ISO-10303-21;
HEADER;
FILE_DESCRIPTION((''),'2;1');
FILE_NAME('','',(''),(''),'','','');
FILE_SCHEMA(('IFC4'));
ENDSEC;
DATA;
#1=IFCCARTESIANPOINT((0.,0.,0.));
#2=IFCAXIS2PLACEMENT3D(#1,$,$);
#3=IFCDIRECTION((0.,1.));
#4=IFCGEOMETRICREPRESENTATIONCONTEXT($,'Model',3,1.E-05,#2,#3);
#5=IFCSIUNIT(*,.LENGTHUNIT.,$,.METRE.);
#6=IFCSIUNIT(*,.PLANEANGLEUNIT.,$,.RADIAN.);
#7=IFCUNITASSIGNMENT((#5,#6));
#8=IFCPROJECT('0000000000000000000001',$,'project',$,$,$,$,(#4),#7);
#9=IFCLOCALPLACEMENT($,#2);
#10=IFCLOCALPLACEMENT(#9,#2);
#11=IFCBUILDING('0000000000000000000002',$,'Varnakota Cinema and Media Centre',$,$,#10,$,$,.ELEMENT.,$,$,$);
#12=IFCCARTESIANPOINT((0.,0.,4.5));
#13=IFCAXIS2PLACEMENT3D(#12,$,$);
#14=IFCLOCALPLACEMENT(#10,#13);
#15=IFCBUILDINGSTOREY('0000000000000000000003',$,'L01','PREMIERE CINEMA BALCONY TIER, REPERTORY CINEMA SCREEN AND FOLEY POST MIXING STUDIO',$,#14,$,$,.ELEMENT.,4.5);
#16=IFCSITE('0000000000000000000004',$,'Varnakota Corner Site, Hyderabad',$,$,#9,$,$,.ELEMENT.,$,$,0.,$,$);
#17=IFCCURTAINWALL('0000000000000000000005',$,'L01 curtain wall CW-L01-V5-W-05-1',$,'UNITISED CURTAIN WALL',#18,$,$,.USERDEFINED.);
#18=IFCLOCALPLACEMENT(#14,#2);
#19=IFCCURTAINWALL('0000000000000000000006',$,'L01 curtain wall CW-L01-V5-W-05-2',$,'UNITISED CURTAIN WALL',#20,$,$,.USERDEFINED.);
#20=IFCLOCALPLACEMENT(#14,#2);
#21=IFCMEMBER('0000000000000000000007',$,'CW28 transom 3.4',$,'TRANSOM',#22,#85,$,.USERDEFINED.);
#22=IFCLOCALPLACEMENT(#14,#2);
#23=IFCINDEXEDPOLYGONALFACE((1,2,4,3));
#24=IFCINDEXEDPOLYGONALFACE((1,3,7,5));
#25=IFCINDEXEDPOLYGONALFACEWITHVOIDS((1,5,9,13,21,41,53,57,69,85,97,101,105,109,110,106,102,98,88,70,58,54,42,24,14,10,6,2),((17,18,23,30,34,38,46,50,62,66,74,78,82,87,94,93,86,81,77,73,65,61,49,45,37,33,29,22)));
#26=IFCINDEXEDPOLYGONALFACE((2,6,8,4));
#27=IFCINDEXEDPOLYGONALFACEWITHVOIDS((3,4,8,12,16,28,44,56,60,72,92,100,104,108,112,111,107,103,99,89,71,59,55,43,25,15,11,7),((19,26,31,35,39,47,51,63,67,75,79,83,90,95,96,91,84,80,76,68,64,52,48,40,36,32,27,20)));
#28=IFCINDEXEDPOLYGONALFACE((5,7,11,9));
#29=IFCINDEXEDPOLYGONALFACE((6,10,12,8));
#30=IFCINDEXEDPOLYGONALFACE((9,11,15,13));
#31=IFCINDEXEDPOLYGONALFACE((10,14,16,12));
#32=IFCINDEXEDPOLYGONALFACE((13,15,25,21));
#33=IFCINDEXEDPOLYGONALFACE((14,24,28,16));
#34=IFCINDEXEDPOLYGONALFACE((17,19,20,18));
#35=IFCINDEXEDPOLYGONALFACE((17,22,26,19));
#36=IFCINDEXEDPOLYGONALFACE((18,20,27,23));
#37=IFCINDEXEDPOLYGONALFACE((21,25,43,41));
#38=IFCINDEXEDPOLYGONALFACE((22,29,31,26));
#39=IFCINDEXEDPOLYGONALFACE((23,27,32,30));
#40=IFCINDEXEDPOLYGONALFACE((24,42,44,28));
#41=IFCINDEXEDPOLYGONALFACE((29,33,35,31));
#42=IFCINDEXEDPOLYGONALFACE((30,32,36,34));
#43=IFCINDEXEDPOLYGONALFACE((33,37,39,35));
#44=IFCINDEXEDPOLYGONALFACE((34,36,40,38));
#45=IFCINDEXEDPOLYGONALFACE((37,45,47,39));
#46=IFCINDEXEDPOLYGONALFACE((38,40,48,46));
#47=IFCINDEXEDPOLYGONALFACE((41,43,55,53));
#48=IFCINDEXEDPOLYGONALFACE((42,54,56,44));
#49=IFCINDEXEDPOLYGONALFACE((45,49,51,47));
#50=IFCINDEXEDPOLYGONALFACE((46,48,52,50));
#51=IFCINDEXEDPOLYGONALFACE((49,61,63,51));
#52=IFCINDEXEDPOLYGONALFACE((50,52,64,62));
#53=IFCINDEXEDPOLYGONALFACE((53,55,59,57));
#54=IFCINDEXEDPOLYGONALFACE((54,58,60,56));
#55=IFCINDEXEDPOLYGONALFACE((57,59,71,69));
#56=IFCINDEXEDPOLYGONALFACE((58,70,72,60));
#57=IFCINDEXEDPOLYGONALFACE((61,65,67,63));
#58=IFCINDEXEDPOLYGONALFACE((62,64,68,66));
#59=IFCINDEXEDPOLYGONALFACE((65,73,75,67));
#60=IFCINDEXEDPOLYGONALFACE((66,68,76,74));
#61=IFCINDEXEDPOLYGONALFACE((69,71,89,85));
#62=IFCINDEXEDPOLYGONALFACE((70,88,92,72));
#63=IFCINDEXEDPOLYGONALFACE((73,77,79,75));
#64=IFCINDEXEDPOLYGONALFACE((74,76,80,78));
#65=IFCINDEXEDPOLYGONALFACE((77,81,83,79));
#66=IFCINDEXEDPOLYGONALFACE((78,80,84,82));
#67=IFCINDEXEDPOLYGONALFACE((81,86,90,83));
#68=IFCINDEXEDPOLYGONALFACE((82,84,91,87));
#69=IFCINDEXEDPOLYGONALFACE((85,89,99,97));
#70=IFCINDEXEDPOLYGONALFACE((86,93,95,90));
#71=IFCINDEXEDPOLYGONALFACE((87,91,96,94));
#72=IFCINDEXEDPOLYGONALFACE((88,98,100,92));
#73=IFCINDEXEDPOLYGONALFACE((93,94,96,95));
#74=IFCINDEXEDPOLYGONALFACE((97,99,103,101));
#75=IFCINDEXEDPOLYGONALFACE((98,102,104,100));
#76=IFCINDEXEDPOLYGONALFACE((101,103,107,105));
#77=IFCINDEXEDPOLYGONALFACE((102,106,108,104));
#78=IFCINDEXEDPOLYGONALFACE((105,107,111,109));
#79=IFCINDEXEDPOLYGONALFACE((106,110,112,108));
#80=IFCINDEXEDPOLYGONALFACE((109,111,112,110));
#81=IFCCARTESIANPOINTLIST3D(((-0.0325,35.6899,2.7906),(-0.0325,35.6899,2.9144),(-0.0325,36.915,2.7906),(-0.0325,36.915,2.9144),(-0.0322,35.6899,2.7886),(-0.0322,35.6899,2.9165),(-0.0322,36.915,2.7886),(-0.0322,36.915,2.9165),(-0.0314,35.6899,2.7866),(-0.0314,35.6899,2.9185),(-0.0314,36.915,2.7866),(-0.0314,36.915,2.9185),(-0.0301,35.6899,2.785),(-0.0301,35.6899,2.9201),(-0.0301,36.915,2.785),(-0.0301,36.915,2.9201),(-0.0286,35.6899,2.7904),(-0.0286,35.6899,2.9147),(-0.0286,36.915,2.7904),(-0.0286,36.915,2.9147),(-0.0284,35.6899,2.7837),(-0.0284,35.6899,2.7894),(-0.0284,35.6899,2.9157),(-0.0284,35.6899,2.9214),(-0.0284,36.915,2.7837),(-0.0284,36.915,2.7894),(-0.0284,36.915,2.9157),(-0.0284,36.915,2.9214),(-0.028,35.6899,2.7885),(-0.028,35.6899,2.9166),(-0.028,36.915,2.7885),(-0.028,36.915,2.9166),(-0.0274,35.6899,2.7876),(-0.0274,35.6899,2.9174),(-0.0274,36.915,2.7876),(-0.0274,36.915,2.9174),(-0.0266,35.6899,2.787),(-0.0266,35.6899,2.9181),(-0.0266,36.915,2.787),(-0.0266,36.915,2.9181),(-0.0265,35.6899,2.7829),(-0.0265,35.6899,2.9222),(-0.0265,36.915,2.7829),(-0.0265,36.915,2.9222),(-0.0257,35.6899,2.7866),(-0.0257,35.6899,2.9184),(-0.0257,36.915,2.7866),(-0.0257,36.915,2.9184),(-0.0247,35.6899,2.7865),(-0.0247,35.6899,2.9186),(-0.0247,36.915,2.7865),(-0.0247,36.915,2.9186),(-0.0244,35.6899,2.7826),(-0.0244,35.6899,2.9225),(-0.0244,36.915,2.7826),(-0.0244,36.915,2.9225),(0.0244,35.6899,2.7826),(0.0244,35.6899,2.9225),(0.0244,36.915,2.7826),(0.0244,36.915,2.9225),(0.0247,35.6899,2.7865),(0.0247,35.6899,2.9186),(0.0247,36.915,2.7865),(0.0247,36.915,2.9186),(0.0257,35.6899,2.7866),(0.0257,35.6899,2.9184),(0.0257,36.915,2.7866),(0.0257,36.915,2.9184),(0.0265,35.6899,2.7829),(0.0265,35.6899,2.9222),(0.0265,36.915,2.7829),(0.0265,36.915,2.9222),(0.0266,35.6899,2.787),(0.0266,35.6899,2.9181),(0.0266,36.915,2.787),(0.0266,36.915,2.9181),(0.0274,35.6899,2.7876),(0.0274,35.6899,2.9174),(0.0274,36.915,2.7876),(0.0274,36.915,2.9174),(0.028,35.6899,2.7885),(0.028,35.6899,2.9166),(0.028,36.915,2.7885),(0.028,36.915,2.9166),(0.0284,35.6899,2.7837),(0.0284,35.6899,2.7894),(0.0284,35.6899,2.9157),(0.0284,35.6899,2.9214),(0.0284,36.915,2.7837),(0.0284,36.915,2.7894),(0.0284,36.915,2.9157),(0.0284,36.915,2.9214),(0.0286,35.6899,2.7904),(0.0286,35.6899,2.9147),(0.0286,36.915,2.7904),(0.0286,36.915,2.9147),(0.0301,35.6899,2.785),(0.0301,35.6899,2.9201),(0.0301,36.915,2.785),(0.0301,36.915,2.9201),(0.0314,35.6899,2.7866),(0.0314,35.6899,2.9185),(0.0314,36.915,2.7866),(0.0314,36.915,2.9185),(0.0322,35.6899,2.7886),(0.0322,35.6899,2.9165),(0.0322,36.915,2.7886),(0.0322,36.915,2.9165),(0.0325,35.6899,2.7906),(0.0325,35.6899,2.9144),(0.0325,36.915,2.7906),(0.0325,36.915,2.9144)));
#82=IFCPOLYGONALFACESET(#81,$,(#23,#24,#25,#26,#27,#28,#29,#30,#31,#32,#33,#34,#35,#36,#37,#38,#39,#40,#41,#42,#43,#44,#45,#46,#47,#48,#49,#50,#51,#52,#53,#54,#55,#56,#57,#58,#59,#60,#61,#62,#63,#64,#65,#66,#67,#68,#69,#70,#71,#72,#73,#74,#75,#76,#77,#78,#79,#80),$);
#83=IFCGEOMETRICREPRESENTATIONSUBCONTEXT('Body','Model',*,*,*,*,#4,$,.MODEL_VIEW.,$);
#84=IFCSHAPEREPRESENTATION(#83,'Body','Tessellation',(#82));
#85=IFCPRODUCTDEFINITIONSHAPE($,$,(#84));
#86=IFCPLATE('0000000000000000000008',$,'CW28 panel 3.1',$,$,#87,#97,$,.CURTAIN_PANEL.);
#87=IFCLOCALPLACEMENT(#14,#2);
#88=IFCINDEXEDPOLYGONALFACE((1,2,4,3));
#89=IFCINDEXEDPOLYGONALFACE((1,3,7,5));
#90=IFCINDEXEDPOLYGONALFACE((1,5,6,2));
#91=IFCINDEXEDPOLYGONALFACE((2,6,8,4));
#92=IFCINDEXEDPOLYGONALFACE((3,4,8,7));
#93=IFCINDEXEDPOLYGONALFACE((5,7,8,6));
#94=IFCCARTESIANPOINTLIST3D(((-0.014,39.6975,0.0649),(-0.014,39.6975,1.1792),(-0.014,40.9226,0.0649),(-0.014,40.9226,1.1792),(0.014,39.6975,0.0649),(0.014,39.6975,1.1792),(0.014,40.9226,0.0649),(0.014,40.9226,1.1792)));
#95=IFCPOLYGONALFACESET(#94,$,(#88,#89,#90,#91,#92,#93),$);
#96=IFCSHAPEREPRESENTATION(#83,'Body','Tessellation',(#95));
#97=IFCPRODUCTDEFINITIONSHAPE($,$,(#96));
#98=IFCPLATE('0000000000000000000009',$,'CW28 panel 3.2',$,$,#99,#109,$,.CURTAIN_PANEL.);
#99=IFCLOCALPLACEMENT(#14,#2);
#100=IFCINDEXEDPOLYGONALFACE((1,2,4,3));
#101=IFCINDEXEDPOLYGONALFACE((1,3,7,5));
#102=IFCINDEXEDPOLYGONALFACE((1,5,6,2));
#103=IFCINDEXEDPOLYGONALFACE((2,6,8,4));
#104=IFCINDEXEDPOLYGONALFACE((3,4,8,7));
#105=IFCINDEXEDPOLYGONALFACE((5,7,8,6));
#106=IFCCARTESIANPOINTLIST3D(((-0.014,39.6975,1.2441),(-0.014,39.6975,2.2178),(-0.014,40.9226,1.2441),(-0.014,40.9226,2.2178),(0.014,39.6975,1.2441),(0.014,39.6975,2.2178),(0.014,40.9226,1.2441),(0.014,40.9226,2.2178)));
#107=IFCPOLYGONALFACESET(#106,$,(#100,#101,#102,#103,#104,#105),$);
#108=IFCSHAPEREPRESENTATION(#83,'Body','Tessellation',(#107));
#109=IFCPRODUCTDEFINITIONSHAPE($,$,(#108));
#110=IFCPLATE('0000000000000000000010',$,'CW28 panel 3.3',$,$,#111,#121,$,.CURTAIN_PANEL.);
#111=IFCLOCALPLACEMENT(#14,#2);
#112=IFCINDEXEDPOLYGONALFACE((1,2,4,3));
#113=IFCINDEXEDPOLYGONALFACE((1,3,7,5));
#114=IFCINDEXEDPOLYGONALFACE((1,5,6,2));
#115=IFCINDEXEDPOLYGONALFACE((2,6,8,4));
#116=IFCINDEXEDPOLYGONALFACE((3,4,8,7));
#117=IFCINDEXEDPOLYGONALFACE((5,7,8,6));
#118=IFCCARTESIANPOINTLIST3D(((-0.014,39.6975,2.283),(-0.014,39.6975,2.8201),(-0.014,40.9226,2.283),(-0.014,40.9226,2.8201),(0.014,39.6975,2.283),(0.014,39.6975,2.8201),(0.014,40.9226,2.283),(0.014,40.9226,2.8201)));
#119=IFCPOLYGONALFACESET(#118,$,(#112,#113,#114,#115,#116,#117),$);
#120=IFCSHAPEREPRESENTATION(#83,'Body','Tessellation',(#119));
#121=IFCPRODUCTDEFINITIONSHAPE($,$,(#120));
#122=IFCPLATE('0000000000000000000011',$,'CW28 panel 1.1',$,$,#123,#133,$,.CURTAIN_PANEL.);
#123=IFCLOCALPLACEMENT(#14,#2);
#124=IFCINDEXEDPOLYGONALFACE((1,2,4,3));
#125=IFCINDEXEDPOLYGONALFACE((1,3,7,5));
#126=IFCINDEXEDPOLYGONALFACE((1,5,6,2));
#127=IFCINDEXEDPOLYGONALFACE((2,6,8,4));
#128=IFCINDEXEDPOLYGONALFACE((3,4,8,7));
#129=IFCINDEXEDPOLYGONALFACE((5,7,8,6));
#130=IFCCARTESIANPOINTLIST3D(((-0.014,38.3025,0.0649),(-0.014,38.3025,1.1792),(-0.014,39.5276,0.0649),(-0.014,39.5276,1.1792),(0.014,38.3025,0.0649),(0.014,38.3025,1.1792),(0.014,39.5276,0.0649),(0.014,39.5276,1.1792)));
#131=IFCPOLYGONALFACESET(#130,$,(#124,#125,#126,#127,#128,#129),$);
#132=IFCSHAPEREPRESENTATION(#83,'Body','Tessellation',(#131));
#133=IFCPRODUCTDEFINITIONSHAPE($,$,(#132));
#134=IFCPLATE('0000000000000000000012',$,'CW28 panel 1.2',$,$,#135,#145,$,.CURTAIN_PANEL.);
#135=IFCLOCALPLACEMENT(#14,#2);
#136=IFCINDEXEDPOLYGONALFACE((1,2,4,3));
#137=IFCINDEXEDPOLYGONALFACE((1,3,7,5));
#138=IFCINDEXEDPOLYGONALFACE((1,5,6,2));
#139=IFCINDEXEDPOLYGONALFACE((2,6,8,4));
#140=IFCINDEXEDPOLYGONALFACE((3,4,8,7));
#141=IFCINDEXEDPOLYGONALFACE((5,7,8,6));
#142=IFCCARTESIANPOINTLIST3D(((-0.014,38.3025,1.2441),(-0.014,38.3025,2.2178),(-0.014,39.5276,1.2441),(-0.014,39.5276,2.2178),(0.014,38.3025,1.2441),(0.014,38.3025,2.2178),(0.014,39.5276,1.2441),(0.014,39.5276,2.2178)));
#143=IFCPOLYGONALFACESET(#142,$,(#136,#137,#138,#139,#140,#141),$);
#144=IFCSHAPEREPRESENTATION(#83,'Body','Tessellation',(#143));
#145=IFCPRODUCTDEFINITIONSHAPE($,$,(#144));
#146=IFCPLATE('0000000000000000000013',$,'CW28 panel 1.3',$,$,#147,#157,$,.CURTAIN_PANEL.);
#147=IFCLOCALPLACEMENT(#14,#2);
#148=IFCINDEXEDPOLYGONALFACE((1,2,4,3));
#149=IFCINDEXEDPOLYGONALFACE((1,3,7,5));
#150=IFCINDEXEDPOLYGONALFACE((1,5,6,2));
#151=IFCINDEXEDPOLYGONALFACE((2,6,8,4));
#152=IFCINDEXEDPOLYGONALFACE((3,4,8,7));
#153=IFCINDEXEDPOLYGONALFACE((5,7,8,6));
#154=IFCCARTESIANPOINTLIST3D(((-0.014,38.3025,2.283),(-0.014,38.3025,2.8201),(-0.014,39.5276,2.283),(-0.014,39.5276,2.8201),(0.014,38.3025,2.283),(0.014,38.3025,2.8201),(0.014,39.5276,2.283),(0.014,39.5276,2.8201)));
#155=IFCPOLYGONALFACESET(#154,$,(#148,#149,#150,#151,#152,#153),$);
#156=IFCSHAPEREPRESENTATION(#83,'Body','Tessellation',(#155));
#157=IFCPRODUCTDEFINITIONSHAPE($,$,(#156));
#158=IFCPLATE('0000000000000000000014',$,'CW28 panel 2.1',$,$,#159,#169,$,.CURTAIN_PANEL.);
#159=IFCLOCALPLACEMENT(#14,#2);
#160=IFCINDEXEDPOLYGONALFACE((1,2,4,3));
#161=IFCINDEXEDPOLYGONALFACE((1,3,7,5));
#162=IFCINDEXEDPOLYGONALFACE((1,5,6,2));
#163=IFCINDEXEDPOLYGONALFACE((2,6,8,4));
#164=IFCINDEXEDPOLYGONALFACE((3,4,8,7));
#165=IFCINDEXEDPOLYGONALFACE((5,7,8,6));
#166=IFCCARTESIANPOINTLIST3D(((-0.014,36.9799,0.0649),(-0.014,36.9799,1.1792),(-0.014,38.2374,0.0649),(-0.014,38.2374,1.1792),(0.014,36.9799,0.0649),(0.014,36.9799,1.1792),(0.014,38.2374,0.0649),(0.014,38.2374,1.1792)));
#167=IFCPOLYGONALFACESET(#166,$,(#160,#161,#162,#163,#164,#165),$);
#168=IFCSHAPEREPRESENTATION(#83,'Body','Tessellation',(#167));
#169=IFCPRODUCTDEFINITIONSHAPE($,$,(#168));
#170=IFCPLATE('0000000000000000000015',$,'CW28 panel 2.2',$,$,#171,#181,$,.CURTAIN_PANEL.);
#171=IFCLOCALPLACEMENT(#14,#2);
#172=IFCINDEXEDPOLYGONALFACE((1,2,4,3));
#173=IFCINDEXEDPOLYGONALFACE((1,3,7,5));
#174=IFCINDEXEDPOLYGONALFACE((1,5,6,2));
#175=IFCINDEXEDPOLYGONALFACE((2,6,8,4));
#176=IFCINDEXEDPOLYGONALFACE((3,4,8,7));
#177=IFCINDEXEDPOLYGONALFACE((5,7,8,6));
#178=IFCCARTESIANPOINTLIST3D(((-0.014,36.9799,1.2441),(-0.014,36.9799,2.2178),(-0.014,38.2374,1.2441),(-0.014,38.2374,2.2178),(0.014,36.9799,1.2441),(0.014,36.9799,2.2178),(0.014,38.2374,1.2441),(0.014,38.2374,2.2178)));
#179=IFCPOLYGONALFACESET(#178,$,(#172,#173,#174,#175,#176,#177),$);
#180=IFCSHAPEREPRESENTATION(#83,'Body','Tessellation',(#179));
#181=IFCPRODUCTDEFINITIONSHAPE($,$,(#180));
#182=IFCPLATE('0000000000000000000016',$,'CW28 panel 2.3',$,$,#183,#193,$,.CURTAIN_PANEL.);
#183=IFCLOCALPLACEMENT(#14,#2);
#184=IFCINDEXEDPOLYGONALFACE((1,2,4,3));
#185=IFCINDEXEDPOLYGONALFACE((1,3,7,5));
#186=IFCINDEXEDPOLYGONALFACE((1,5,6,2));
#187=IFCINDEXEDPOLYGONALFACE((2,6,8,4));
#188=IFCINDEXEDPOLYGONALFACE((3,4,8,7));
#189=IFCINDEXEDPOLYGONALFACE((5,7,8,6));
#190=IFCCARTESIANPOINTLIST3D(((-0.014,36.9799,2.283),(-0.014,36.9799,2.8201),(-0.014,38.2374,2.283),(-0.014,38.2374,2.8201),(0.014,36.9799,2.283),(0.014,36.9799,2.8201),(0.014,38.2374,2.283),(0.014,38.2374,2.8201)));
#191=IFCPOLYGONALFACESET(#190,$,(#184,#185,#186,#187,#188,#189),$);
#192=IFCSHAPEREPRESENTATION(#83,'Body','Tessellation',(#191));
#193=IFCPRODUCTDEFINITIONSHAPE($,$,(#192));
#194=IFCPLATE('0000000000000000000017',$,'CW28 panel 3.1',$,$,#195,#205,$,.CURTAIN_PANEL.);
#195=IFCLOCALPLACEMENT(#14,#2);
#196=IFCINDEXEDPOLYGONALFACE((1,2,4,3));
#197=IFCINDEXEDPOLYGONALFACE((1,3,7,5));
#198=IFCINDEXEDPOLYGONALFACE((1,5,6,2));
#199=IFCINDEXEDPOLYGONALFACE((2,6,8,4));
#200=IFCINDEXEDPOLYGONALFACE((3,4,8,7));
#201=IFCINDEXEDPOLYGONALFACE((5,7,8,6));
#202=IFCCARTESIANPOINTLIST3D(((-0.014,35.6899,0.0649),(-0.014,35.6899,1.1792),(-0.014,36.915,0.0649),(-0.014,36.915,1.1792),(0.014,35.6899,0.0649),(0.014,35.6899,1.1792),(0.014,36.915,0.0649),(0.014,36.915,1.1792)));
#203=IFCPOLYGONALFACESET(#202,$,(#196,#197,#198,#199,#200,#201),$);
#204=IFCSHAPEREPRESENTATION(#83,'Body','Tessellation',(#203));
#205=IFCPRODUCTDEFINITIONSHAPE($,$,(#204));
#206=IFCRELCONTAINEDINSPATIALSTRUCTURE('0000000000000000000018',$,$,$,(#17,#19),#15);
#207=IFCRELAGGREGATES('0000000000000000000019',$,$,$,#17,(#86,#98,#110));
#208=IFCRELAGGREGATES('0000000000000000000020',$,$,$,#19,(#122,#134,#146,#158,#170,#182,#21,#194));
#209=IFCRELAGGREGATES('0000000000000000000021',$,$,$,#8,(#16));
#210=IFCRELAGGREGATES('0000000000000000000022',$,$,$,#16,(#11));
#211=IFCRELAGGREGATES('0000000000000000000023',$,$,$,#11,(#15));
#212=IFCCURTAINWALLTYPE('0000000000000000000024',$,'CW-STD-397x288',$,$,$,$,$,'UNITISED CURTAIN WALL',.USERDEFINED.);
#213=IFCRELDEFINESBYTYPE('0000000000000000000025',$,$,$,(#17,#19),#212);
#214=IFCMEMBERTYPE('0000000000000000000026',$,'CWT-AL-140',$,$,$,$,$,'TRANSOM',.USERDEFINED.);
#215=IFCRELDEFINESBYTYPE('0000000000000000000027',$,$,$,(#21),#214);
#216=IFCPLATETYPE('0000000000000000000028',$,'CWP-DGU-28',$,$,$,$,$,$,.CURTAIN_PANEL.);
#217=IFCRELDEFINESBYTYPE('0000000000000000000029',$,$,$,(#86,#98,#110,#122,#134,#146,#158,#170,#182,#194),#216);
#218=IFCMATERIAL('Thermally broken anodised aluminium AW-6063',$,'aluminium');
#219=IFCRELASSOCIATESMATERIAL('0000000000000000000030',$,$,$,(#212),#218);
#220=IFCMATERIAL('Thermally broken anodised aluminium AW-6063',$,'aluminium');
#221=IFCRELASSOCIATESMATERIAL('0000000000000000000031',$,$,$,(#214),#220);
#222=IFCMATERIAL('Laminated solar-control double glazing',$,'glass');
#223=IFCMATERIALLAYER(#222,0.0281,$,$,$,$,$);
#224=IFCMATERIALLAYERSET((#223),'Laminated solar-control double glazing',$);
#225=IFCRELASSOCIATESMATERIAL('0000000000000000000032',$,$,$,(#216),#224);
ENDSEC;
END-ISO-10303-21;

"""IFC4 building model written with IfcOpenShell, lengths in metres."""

from ifc_helpers import new_model, si_unit, direction, frame, origin, origin_2d, place, context, subcontext, project, spatial, rectangle, hollow_rectangle, extrude, material, layer, layer_set, material_profile, profile_set, type_object, element, aggregate, save


model = new_model("IFC4")

# Units and contexts
model_context = context("Model", 3, precision=1e-05, world=origin(), true_north=direction((0.0, 1.0)))
body_context = subcontext(model_context, "Body", "Model", "MODEL_VIEW")
ifc_project = project(units=[si_unit("LENGTHUNIT", "METRE"), si_unit("PLANEANGLEUNIT", "RADIAN")], contexts=[model_context])

# Site, building, storey
site_placement = place(None, origin())
site = spatial("IfcSite", under=ifc_project, at=site_placement, Name="Varnakota Corner Site, Hyderabad", CompositionType="ELEMENT", RefElevation=0.0)
building_placement = place(site_placement, origin())
building = spatial("IfcBuilding", under=site, at=building_placement, Name="Varnakota Cinema and Media Centre", CompositionType="ELEMENT")
storey_placement = place(building_placement, frame((0.0, 0.0, 4.5)))
storey = spatial("IfcBuildingStorey", under=building, at=storey_placement, Name="L01", Description="PREMIERE CINEMA BALCONY TIER, REPERTORY CINEMA SCREEN AND FOLEY POST MIXING STUDIO", CompositionType="ELEMENT", Elevation=4.5)

# Curtain wall
ifc_material_1 = material(Name="Thermally broken anodised aluminium AW-6063", Category="aluminium")
curtain_wall_type = type_object("IfcCurtainWallType", Name="CW-STD-397x288", ElementType="UNITISED CURTAIN WALL", PredefinedType="USERDEFINED", material=ifc_material_1)
curtain_wall_1_placement = place(storey_placement, origin())
curtain_wall_1 = element("IfcCurtainWall", 1, at=curtain_wall_1_placement, inside=storey, type_object=curtain_wall_type, Name="L01 curtain wall CW-L01-V5-W-05-1", ObjectType="UNITISED CURTAIN WALL", PredefinedType="USERDEFINED")

# Curtain wall
curtain_wall_2_placement = place(storey_placement, origin())
curtain_wall_2 = element("IfcCurtainWall", 2, at=curtain_wall_2_placement, inside=storey, type_object=curtain_wall_type, Name="L01 curtain wall CW-L01-V5-W-05-2", ObjectType="UNITISED CURTAIN WALL", PredefinedType="USERDEFINED")

# Member
ifc_material_2 = material(Name="Thermally broken anodised aluminium AW-6063", Category="aluminium")
ifc_material_profile_1 = material_profile(ifc_material_2, hollow_rectangle(XDim=0.0649, YDim=0.1399, WallThickness=0.0039, InnerFilletRadius=0.0039, OuterFilletRadius=0.0081, at=origin_2d()), Name="AL-TRANSOM 140x65x4")
ifc_profile_set_1 = profile_set([ifc_material_profile_1], Name="Thermally broken anodised aluminium AW-6063")
member_type_1 = type_object("IfcMemberType", Name="CWT-AL-140", ElementType="TRANSOM", PredefinedType="USERDEFINED", material=ifc_profile_set_1)
member_1_placement = place(storey_placement, frame((0.0, 36.915, 2.8525), z_axis=(0.0, -1.0, 0.0), x_axis=(1.0, 0.0, 0.0)))
member_1 = element("IfcMember", 3, at=member_1_placement, type_object=member_type_1, Name="CW28 transom 3.4", ObjectType="TRANSOM", PredefinedType="USERDEFINED", context=body_context, shape_type="SweptSolid", body=[
    extrude(hollow_rectangle(XDim=0.0649, YDim=0.1399, WallThickness=0.0039, InnerFilletRadius=0.0039, OuterFilletRadius=0.0081, at=origin_2d()), origin(), (0.0, 0.0, 1.0), 1.2251),
])

# Plates
ifc_material_3 = material(Name="Laminated solar-control double glazing", Category="glass")
ifc_layer = layer(ifc_material_3, 0.0281)
ifc_layer_set = layer_set([ifc_layer], Name="Laminated solar-control double glazing")
plate_type = type_object("IfcPlateType", Name="CWP-DGU-28", PredefinedType="CURTAIN_PANEL", material=ifc_layer_set)
plate_1_placement = place(storey_placement, frame((0.0, 40.3101, 0.0649), z_axis=(0.0, 0.0, 1.0), x_axis=(0.0, -1.0, 0.0)))
plate_1 = element("IfcPlate", 4, at=plate_1_placement, type_object=plate_type, Name="CW28 panel 3.1", PredefinedType="CURTAIN_PANEL", context=body_context, shape_type="SweptSolid", body=[
    extrude(rectangle(XDim=1.2251, YDim=0.0281, at=origin_2d()), origin(), (0.0, 0.0, 1.0), 1.1143),
])
plate_2_placement = place(storey_placement, frame((0.0, 40.3101, 1.2441), z_axis=(0.0, 0.0, 1.0), x_axis=(0.0, -1.0, 0.0)))
plate_2 = element("IfcPlate", 5, at=plate_2_placement, type_object=plate_type, Name="CW28 panel 3.2", PredefinedType="CURTAIN_PANEL", context=body_context, shape_type="SweptSolid", body=[
    extrude(rectangle(XDim=1.2251, YDim=0.0281, at=origin_2d()), origin(), (0.0, 0.0, 1.0), 0.9736),
])
plate_3_placement = place(storey_placement, frame((0.0, 40.3101, 2.283), z_axis=(0.0, 0.0, 1.0), x_axis=(0.0, -1.0, 0.0)))
plate_3 = element("IfcPlate", 6, at=plate_3_placement, type_object=plate_type, Name="CW28 panel 3.3", PredefinedType="CURTAIN_PANEL", context=body_context, shape_type="SweptSolid", body=[
    extrude(rectangle(XDim=1.2251, YDim=0.0281, at=origin_2d()), origin(), (0.0, 0.0, 1.0), 0.5371),
])
aggregate(curtain_wall_1, [plate_1, plate_2, plate_3])
plate_4_placement = place(storey_placement, frame((0.0, 38.915, 0.0649), z_axis=(0.0, 0.0, 1.0), x_axis=(0.0, -1.0, 0.0)))
plate_4 = element("IfcPlate", 7, at=plate_4_placement, type_object=plate_type, Name="CW28 panel 1.1", PredefinedType="CURTAIN_PANEL", context=body_context, shape_type="SweptSolid", body=[
    extrude(rectangle(XDim=1.2251, YDim=0.0281, at=origin_2d()), origin(), (0.0, 0.0, 1.0), 1.1143),
])
plate_5_placement = place(storey_placement, frame((0.0, 38.915, 1.2441), z_axis=(0.0, 0.0, 1.0), x_axis=(0.0, -1.0, 0.0)))
plate_5 = element("IfcPlate", 8, at=plate_5_placement, type_object=plate_type, Name="CW28 panel 1.2", PredefinedType="CURTAIN_PANEL", context=body_context, shape_type="SweptSolid", body=[
    extrude(rectangle(XDim=1.2251, YDim=0.0281, at=origin_2d()), origin(), (0.0, 0.0, 1.0), 0.9736),
])
plate_6_placement = place(storey_placement, frame((0.0, 38.915, 2.283), z_axis=(0.0, 0.0, 1.0), x_axis=(0.0, -1.0, 0.0)))
plate_6 = element("IfcPlate", 9, at=plate_6_placement, type_object=plate_type, Name="CW28 panel 1.3", PredefinedType="CURTAIN_PANEL", context=body_context, shape_type="SweptSolid", body=[
    extrude(rectangle(XDim=1.2251, YDim=0.0281, at=origin_2d()), origin(), (0.0, 0.0, 1.0), 0.5371),
])
plate_7_placement = place(storey_placement, frame((0.0, 37.6086, 0.0649), z_axis=(0.0, 0.0, 1.0), x_axis=(0.0, -1.0, 0.0)))
plate_7 = element("IfcPlate", 10, at=plate_7_placement, type_object=plate_type, Name="CW28 panel 2.1", PredefinedType="CURTAIN_PANEL", context=body_context, shape_type="SweptSolid", body=[
    extrude(rectangle(XDim=1.2576, YDim=0.0281, at=origin_2d()), origin(), (0.0, 0.0, 1.0), 1.1143),
])
plate_8_placement = place(storey_placement, frame((0.0, 37.6086, 1.2441), z_axis=(0.0, 0.0, 1.0), x_axis=(0.0, -1.0, 0.0)))
plate_8 = element("IfcPlate", 11, at=plate_8_placement, type_object=plate_type, Name="CW28 panel 2.2", PredefinedType="CURTAIN_PANEL", context=body_context, shape_type="SweptSolid", body=[
    extrude(rectangle(XDim=1.2576, YDim=0.0281, at=origin_2d()), origin(), (0.0, 0.0, 1.0), 0.9736),
])
plate_9_placement = place(storey_placement, frame((0.0, 37.6086, 2.283), z_axis=(0.0, 0.0, 1.0), x_axis=(0.0, -1.0, 0.0)))
plate_9 = element("IfcPlate", 12, at=plate_9_placement, type_object=plate_type, Name="CW28 panel 2.3", PredefinedType="CURTAIN_PANEL", context=body_context, shape_type="SweptSolid", body=[
    extrude(rectangle(XDim=1.2576, YDim=0.0281, at=origin_2d()), origin(), (0.0, 0.0, 1.0), 0.5371),
])
plate_10_placement = place(storey_placement, frame((0.0, 36.3025, 0.0649), z_axis=(0.0, 0.0, 1.0), x_axis=(0.0, -1.0, 0.0)))
plate_10 = element("IfcPlate", 13, at=plate_10_placement, type_object=plate_type, Name="CW28 panel 3.1", PredefinedType="CURTAIN_PANEL", context=body_context, shape_type="SweptSolid", body=[
    extrude(rectangle(XDim=1.2251, YDim=0.0281, at=origin_2d()), origin(), (0.0, 0.0, 1.0), 1.1143),
])
aggregate(curtain_wall_2, [plate_4, plate_5, plate_6, plate_7, plate_8, plate_9, member_1, plate_10])

save(model, "model.ifc")
